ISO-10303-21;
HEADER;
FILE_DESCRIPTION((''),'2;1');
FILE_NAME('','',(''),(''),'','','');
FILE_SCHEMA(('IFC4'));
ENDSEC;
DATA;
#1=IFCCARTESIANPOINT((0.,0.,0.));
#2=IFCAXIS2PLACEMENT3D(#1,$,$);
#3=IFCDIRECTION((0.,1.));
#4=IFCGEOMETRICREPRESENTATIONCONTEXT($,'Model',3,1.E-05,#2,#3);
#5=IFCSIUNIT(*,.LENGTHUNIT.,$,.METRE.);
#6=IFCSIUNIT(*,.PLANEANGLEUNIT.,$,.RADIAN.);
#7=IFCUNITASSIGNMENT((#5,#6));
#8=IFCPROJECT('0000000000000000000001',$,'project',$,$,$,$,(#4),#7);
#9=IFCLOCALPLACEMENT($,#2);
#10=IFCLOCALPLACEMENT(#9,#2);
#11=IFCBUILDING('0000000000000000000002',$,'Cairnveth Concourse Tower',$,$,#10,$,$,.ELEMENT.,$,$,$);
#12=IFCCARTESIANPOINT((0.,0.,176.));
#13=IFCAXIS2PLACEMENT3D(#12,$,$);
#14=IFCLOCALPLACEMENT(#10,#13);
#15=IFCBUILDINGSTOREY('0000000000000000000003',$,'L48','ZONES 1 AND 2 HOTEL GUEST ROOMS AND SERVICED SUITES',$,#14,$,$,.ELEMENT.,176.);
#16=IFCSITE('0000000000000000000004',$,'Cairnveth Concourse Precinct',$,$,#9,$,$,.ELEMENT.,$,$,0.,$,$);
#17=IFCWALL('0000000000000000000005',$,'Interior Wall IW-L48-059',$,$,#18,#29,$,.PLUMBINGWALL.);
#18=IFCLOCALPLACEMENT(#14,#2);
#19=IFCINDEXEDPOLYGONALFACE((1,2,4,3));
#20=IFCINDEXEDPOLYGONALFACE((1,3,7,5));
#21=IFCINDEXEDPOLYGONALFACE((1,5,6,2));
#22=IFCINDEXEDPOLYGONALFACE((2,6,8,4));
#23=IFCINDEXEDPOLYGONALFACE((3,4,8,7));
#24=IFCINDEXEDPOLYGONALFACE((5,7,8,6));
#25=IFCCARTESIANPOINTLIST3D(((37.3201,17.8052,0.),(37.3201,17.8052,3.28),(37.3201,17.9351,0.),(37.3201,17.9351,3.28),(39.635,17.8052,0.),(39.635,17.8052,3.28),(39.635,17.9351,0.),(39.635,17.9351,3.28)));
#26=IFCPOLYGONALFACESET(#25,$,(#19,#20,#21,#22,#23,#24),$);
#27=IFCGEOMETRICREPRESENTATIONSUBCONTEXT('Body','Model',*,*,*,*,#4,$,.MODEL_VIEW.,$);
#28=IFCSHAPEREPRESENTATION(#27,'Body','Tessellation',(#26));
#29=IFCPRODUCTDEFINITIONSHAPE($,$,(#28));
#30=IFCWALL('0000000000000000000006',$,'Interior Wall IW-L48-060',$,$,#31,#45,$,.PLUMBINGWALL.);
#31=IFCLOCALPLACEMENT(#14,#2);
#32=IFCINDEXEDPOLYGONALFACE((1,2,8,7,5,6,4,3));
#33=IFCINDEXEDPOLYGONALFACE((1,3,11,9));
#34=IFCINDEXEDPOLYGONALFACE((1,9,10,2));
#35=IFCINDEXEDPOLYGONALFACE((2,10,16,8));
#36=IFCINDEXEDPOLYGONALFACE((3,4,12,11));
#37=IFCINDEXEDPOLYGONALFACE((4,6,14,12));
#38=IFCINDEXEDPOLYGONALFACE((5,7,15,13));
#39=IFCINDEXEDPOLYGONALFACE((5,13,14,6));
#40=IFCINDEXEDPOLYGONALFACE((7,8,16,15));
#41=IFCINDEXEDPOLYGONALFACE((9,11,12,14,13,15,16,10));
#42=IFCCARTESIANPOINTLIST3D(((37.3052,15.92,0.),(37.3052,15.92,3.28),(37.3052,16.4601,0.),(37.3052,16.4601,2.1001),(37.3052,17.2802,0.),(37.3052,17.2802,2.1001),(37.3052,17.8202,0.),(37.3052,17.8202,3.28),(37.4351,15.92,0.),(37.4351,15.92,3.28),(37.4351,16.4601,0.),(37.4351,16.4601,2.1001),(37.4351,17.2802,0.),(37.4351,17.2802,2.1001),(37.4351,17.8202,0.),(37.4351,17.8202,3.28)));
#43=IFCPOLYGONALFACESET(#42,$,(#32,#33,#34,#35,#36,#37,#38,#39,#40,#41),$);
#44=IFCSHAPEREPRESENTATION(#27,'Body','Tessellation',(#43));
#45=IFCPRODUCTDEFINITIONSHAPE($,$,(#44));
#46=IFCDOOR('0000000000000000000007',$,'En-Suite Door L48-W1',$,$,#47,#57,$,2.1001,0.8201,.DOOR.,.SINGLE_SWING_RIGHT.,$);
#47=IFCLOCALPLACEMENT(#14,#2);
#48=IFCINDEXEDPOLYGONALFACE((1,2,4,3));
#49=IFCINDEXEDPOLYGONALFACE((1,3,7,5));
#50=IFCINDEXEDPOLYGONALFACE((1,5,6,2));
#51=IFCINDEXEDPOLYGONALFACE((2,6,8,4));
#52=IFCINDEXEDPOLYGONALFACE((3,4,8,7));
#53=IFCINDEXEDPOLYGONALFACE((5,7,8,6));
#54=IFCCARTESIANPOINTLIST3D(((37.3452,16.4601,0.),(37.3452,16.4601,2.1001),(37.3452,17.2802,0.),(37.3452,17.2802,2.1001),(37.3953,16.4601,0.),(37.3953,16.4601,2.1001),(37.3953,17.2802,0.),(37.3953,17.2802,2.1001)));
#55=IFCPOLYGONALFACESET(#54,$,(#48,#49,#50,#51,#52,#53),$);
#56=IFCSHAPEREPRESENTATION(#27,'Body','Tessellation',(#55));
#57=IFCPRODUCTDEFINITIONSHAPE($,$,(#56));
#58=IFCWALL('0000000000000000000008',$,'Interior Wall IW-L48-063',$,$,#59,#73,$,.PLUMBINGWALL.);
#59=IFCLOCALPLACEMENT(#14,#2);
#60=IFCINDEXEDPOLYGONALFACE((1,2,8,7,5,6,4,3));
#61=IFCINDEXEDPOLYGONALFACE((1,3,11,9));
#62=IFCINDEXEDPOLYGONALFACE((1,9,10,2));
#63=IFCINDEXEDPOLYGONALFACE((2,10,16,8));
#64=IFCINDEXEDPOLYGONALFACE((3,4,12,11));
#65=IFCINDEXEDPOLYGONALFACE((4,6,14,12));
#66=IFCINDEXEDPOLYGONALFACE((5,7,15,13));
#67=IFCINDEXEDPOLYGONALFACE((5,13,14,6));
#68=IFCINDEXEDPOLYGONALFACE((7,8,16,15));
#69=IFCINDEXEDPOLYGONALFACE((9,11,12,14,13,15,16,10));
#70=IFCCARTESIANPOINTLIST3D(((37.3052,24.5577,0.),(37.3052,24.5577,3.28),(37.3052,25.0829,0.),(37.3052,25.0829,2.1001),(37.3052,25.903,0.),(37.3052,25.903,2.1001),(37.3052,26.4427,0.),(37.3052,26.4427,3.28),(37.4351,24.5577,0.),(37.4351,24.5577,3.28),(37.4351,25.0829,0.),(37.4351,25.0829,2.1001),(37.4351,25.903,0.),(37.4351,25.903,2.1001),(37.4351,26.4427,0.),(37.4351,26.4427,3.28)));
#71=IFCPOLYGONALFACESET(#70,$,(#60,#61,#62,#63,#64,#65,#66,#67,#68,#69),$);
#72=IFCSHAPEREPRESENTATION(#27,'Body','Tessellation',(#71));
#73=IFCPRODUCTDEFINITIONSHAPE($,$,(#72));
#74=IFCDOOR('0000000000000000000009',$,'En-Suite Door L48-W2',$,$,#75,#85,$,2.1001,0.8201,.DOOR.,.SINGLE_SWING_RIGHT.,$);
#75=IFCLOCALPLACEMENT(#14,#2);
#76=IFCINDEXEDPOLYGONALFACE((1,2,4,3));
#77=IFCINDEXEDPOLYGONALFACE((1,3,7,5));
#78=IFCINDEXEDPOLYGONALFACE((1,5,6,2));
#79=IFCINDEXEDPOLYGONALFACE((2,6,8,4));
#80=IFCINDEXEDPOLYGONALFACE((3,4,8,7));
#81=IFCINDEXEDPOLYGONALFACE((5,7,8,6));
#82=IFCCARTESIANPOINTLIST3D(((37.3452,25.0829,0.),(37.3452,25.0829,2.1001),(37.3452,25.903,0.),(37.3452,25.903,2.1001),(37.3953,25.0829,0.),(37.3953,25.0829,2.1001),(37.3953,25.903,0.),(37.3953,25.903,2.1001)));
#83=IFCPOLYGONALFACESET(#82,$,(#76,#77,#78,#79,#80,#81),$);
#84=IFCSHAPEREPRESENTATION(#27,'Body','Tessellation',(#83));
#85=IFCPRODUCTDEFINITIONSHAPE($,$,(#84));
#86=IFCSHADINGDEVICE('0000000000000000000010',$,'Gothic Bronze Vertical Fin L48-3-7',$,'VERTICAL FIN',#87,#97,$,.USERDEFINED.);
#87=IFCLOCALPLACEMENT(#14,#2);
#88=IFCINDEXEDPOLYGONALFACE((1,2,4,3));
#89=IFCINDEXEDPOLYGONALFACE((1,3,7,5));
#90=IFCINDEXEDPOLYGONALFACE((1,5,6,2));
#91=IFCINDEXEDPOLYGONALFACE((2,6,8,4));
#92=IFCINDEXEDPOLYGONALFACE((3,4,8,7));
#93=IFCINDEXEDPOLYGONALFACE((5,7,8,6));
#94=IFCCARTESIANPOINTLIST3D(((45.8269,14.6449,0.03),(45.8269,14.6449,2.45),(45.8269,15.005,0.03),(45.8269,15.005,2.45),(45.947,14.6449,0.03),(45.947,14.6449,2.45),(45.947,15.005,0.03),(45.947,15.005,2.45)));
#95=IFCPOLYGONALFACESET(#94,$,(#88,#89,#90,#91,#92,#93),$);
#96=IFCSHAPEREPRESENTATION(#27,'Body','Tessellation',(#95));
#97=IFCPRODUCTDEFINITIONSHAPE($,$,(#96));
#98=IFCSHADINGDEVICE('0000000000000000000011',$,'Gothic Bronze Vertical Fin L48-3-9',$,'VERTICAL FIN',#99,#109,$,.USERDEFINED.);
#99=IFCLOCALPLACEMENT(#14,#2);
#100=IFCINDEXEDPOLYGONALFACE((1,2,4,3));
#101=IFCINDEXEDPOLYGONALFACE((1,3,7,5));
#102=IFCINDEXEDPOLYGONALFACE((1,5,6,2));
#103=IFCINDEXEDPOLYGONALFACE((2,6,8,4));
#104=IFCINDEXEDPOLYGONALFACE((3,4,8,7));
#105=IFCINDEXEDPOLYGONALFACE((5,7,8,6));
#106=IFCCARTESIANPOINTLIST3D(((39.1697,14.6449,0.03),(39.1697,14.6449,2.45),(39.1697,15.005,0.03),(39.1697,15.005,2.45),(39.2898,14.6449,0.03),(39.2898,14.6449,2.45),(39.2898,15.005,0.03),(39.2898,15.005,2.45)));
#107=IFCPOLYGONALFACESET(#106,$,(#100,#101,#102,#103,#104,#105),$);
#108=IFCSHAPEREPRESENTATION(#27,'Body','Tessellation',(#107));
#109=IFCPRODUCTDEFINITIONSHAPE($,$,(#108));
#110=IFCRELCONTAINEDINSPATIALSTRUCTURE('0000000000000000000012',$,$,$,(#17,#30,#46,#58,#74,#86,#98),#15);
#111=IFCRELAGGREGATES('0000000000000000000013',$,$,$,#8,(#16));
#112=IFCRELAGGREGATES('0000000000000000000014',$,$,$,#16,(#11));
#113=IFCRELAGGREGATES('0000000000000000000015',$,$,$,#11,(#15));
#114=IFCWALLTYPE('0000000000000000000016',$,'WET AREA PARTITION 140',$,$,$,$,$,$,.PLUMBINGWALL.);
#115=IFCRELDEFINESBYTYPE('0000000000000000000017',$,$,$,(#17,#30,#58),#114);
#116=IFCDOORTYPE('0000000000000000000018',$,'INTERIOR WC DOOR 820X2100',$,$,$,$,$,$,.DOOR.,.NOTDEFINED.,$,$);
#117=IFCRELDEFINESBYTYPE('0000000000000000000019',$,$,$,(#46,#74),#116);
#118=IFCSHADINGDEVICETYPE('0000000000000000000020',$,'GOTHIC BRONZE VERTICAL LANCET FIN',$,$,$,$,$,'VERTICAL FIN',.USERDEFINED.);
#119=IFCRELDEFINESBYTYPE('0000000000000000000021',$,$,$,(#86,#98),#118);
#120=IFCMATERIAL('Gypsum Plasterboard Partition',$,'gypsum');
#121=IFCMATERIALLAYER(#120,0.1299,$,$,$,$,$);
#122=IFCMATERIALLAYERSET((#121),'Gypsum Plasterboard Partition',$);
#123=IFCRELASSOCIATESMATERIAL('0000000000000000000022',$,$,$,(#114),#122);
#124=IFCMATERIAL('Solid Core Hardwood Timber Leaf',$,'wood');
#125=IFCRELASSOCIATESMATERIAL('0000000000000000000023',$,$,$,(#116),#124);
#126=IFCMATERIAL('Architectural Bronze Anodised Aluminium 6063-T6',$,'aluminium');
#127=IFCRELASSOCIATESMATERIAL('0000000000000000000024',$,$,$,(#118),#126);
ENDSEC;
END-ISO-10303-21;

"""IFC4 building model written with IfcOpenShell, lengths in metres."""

from ifc_helpers import new_model, si_unit, direction, frame, frame_2d, origin, origin_2d, place, context, subcontext, project, spatial, rectangle, extrude, material, layer, layer_set, type_object, element, fill, save


model = new_model("IFC4")

# Units and contexts
model_context = context("Model", 3, precision=1e-05, world=origin(), true_north=direction((0.0, 1.0)))
body_context = subcontext(model_context, "Body", "Model", "MODEL_VIEW")
ifc_project = project(units=[si_unit("LENGTHUNIT", "METRE"), si_unit("PLANEANGLEUNIT", "RADIAN")], contexts=[model_context])

# Site, building, storey
site_placement = place(None, origin())
site = spatial("IfcSite", under=ifc_project, at=site_placement, Name="Cairnveth Concourse Precinct", CompositionType="ELEMENT", RefElevation=0.0)
building_placement = place(site_placement, origin())
building = spatial("IfcBuilding", under=site, at=building_placement, Name="Cairnveth Concourse Tower", CompositionType="ELEMENT")
storey_placement = place(building_placement, frame((0.0, 0.0, 176.0)))
storey = spatial("IfcBuildingStorey", under=building, at=storey_placement, Name="L48", Description="ZONES 1 AND 2 HOTEL GUEST ROOMS AND SERVICED SUITES", CompositionType="ELEMENT", Elevation=176.0)

# Shared definitions
ifc_material_1 = material(Name="Gypsum Plasterboard Partition", Category="gypsum")
ifc_material_2 = material(Name="Solid Core Hardwood Timber Leaf", Category="wood")

# Wall
ifc_layer_1 = layer(ifc_material_1, 0.1299)
ifc_layer_set_1 = layer_set([ifc_layer_1], Name="Gypsum Plasterboard Partition")
wall_type_1 = type_object("IfcWallType", Name="WET AREA PARTITION 140", PredefinedType="PLUMBINGWALL", material=ifc_layer_set_1)
for number, where, z_axis, x_axis, name in (
    (1, (37.3201, 17.8701, 0.0), (0.0, 0.0, 1.0), (1.0, 0.0, 0.0), "Interior Wall IW-L48-059"),
):
    element("IfcWall", number, at=place(storey_placement, frame(where, z_axis=z_axis, x_axis=x_axis)), inside=storey, type_object=wall_type_1, Name=name, PredefinedType="PLUMBINGWALL", context=body_context, shape_type="SweptSolid", body=[
        extrude(rectangle(XDim=2.3149, YDim=0.1299, at=frame_2d((1.1575, 0.0))), origin(), (0.0, 0.0, 1.0), 3.28),
    ])

# Walls, openings, doors
wall_1_placement = place(storey_placement, frame((37.3701, 15.9199, 0.0), z_axis=(0.0, 0.0, 1.0), x_axis=(0.0, 1.0, 0.0)))
wall_1 = element("IfcWall", 2, at=wall_1_placement, inside=storey, type_object=wall_type_1, Name="Interior Wall IW-L48-060", PredefinedType="PLUMBINGWALL", context=body_context, shape_type="SweptSolid", body=[
    extrude(rectangle(XDim=1.9001, YDim=0.1299, at=frame_2d((0.9502, 0.0))), origin(), (0.0, 0.0, 1.0), 3.28),
])
opening_1_placement = place(wall_1_placement, frame((0.54, 0.0, 0.0)))
opening_1 = element("IfcOpeningElement", 3, at=opening_1_placement, cuts=wall_1, PredefinedType="OPENING", context=body_context, shape_type="SweptSolid", body=[
    extrude(rectangle(XDim=0.8201, YDim=2.1001, at=frame_2d((0.4102, 1.05))), frame((0.0, 0.075, 0.0), z_axis=(0.0, -1.0, 0.0), x_axis=(1.0, 0.0, 0.0)), (0.0, 0.0, 1.0), 0.1499),
])
door_type_1 = type_object("IfcDoorType", Name="INTERIOR WC DOOR 820X2100", OperationType="NOTDEFINED", PredefinedType="DOOR", material=ifc_material_2)
door_1_placement = place(opening_1_placement, origin())
door_1 = element("IfcDoor", 4, at=door_1_placement, inside=storey, type_object=door_type_1, Name="En-Suite Door L48-W1", OperationType="SINGLE_SWING_RIGHT", OverallHeight=2.1001, OverallWidth=0.8201, PredefinedType="DOOR", context=body_context, shape_type="SweptSolid", body=[
    extrude(rectangle(XDim=0.8201, YDim=2.1001, at=frame_2d((0.4102, 1.05))), frame((0.0, 0.0249, 0.0), z_axis=(0.0, -1.0, 0.0), x_axis=(1.0, 0.0, 0.0)), (0.0, 0.0, 1.0), 0.05),
])
fill(opening_1, door_1)
wall_2_placement = place(storey_placement, frame((37.3701, 24.5579, 0.0), z_axis=(0.0, 0.0, 1.0), x_axis=(0.0, 1.0, 0.0)))
wall_2 = element("IfcWall", 5, at=wall_2_placement, inside=storey, type_object=wall_type_1, Name="Interior Wall IW-L48-063", PredefinedType="PLUMBINGWALL", context=body_context, shape_type="SweptSolid", body=[
    extrude(rectangle(XDim=1.885, YDim=0.1299, at=frame_2d((0.9424, 0.0))), origin(), (0.0, 0.0, 1.0), 3.28),
])
opening_2_placement = place(wall_2_placement, frame((0.5249, 0.0, 0.0)))
opening_2 = element("IfcOpeningElement", 6, at=opening_2_placement, cuts=wall_2, PredefinedType="OPENING", context=body_context, shape_type="SweptSolid", body=[
    extrude(rectangle(XDim=0.8201, YDim=2.1001, at=frame_2d((0.4102, 1.05))), frame((0.0, 0.075, 0.0), z_axis=(0.0, -1.0, 0.0), x_axis=(1.0, 0.0, 0.0)), (0.0, 0.0, 1.0), 0.1499),
])
door_2_placement = place(opening_2_placement, origin())
door_2 = element("IfcDoor", 7, at=door_2_placement, inside=storey, type_object=door_type_1, Name="En-Suite Door L48-W2", OperationType="SINGLE_SWING_RIGHT", OverallHeight=2.1001, OverallWidth=0.8201, PredefinedType="DOOR", context=body_context, shape_type="SweptSolid", body=[
    extrude(rectangle(XDim=0.8201, YDim=2.1001, at=frame_2d((0.4102, 1.05))), frame((0.0, 0.0249, 0.0), z_axis=(0.0, -1.0, 0.0), x_axis=(1.0, 0.0, 0.0)), (0.0, 0.0, 1.0), 0.05),
])
fill(opening_2, door_2)

# Shading devices
ifc_material_3 = material(Name="Architectural Bronze Anodised Aluminium 6063-T6", Category="aluminium")
shading_device_type = type_object("IfcShadingDeviceType", Name="GOTHIC BRONZE VERTICAL LANCET FIN", ElementType="VERTICAL FIN", PredefinedType="USERDEFINED", material=ifc_material_3)
for number, where, z_axis, x_axis, name in (
    (8, (45.887, 14.825, 0.03), (0.0, 0.0, 1.0), (1.0, 0.0, 0.0), "Gothic Bronze Vertical Fin L48-3-7"),
    (9, (39.2297, 14.825, 0.03), (0.0, 0.0, 1.0), (1.0, 0.0, 0.0), "Gothic Bronze Vertical Fin L48-3-9"),
):
    element("IfcShadingDevice", number, at=place(storey_placement, frame(where, z_axis=z_axis, x_axis=x_axis)), inside=storey, type_object=shading_device_type, Name=name, ObjectType="VERTICAL FIN", PredefinedType="USERDEFINED", context=body_context, shape_type="SweptSolid", body=[
        extrude(rectangle(XDim=0.1201, YDim=0.3601, at=origin_2d()), origin(), (0.0, 0.0, 1.0), 2.4199),
    ])

save(model, "model.ifc")
